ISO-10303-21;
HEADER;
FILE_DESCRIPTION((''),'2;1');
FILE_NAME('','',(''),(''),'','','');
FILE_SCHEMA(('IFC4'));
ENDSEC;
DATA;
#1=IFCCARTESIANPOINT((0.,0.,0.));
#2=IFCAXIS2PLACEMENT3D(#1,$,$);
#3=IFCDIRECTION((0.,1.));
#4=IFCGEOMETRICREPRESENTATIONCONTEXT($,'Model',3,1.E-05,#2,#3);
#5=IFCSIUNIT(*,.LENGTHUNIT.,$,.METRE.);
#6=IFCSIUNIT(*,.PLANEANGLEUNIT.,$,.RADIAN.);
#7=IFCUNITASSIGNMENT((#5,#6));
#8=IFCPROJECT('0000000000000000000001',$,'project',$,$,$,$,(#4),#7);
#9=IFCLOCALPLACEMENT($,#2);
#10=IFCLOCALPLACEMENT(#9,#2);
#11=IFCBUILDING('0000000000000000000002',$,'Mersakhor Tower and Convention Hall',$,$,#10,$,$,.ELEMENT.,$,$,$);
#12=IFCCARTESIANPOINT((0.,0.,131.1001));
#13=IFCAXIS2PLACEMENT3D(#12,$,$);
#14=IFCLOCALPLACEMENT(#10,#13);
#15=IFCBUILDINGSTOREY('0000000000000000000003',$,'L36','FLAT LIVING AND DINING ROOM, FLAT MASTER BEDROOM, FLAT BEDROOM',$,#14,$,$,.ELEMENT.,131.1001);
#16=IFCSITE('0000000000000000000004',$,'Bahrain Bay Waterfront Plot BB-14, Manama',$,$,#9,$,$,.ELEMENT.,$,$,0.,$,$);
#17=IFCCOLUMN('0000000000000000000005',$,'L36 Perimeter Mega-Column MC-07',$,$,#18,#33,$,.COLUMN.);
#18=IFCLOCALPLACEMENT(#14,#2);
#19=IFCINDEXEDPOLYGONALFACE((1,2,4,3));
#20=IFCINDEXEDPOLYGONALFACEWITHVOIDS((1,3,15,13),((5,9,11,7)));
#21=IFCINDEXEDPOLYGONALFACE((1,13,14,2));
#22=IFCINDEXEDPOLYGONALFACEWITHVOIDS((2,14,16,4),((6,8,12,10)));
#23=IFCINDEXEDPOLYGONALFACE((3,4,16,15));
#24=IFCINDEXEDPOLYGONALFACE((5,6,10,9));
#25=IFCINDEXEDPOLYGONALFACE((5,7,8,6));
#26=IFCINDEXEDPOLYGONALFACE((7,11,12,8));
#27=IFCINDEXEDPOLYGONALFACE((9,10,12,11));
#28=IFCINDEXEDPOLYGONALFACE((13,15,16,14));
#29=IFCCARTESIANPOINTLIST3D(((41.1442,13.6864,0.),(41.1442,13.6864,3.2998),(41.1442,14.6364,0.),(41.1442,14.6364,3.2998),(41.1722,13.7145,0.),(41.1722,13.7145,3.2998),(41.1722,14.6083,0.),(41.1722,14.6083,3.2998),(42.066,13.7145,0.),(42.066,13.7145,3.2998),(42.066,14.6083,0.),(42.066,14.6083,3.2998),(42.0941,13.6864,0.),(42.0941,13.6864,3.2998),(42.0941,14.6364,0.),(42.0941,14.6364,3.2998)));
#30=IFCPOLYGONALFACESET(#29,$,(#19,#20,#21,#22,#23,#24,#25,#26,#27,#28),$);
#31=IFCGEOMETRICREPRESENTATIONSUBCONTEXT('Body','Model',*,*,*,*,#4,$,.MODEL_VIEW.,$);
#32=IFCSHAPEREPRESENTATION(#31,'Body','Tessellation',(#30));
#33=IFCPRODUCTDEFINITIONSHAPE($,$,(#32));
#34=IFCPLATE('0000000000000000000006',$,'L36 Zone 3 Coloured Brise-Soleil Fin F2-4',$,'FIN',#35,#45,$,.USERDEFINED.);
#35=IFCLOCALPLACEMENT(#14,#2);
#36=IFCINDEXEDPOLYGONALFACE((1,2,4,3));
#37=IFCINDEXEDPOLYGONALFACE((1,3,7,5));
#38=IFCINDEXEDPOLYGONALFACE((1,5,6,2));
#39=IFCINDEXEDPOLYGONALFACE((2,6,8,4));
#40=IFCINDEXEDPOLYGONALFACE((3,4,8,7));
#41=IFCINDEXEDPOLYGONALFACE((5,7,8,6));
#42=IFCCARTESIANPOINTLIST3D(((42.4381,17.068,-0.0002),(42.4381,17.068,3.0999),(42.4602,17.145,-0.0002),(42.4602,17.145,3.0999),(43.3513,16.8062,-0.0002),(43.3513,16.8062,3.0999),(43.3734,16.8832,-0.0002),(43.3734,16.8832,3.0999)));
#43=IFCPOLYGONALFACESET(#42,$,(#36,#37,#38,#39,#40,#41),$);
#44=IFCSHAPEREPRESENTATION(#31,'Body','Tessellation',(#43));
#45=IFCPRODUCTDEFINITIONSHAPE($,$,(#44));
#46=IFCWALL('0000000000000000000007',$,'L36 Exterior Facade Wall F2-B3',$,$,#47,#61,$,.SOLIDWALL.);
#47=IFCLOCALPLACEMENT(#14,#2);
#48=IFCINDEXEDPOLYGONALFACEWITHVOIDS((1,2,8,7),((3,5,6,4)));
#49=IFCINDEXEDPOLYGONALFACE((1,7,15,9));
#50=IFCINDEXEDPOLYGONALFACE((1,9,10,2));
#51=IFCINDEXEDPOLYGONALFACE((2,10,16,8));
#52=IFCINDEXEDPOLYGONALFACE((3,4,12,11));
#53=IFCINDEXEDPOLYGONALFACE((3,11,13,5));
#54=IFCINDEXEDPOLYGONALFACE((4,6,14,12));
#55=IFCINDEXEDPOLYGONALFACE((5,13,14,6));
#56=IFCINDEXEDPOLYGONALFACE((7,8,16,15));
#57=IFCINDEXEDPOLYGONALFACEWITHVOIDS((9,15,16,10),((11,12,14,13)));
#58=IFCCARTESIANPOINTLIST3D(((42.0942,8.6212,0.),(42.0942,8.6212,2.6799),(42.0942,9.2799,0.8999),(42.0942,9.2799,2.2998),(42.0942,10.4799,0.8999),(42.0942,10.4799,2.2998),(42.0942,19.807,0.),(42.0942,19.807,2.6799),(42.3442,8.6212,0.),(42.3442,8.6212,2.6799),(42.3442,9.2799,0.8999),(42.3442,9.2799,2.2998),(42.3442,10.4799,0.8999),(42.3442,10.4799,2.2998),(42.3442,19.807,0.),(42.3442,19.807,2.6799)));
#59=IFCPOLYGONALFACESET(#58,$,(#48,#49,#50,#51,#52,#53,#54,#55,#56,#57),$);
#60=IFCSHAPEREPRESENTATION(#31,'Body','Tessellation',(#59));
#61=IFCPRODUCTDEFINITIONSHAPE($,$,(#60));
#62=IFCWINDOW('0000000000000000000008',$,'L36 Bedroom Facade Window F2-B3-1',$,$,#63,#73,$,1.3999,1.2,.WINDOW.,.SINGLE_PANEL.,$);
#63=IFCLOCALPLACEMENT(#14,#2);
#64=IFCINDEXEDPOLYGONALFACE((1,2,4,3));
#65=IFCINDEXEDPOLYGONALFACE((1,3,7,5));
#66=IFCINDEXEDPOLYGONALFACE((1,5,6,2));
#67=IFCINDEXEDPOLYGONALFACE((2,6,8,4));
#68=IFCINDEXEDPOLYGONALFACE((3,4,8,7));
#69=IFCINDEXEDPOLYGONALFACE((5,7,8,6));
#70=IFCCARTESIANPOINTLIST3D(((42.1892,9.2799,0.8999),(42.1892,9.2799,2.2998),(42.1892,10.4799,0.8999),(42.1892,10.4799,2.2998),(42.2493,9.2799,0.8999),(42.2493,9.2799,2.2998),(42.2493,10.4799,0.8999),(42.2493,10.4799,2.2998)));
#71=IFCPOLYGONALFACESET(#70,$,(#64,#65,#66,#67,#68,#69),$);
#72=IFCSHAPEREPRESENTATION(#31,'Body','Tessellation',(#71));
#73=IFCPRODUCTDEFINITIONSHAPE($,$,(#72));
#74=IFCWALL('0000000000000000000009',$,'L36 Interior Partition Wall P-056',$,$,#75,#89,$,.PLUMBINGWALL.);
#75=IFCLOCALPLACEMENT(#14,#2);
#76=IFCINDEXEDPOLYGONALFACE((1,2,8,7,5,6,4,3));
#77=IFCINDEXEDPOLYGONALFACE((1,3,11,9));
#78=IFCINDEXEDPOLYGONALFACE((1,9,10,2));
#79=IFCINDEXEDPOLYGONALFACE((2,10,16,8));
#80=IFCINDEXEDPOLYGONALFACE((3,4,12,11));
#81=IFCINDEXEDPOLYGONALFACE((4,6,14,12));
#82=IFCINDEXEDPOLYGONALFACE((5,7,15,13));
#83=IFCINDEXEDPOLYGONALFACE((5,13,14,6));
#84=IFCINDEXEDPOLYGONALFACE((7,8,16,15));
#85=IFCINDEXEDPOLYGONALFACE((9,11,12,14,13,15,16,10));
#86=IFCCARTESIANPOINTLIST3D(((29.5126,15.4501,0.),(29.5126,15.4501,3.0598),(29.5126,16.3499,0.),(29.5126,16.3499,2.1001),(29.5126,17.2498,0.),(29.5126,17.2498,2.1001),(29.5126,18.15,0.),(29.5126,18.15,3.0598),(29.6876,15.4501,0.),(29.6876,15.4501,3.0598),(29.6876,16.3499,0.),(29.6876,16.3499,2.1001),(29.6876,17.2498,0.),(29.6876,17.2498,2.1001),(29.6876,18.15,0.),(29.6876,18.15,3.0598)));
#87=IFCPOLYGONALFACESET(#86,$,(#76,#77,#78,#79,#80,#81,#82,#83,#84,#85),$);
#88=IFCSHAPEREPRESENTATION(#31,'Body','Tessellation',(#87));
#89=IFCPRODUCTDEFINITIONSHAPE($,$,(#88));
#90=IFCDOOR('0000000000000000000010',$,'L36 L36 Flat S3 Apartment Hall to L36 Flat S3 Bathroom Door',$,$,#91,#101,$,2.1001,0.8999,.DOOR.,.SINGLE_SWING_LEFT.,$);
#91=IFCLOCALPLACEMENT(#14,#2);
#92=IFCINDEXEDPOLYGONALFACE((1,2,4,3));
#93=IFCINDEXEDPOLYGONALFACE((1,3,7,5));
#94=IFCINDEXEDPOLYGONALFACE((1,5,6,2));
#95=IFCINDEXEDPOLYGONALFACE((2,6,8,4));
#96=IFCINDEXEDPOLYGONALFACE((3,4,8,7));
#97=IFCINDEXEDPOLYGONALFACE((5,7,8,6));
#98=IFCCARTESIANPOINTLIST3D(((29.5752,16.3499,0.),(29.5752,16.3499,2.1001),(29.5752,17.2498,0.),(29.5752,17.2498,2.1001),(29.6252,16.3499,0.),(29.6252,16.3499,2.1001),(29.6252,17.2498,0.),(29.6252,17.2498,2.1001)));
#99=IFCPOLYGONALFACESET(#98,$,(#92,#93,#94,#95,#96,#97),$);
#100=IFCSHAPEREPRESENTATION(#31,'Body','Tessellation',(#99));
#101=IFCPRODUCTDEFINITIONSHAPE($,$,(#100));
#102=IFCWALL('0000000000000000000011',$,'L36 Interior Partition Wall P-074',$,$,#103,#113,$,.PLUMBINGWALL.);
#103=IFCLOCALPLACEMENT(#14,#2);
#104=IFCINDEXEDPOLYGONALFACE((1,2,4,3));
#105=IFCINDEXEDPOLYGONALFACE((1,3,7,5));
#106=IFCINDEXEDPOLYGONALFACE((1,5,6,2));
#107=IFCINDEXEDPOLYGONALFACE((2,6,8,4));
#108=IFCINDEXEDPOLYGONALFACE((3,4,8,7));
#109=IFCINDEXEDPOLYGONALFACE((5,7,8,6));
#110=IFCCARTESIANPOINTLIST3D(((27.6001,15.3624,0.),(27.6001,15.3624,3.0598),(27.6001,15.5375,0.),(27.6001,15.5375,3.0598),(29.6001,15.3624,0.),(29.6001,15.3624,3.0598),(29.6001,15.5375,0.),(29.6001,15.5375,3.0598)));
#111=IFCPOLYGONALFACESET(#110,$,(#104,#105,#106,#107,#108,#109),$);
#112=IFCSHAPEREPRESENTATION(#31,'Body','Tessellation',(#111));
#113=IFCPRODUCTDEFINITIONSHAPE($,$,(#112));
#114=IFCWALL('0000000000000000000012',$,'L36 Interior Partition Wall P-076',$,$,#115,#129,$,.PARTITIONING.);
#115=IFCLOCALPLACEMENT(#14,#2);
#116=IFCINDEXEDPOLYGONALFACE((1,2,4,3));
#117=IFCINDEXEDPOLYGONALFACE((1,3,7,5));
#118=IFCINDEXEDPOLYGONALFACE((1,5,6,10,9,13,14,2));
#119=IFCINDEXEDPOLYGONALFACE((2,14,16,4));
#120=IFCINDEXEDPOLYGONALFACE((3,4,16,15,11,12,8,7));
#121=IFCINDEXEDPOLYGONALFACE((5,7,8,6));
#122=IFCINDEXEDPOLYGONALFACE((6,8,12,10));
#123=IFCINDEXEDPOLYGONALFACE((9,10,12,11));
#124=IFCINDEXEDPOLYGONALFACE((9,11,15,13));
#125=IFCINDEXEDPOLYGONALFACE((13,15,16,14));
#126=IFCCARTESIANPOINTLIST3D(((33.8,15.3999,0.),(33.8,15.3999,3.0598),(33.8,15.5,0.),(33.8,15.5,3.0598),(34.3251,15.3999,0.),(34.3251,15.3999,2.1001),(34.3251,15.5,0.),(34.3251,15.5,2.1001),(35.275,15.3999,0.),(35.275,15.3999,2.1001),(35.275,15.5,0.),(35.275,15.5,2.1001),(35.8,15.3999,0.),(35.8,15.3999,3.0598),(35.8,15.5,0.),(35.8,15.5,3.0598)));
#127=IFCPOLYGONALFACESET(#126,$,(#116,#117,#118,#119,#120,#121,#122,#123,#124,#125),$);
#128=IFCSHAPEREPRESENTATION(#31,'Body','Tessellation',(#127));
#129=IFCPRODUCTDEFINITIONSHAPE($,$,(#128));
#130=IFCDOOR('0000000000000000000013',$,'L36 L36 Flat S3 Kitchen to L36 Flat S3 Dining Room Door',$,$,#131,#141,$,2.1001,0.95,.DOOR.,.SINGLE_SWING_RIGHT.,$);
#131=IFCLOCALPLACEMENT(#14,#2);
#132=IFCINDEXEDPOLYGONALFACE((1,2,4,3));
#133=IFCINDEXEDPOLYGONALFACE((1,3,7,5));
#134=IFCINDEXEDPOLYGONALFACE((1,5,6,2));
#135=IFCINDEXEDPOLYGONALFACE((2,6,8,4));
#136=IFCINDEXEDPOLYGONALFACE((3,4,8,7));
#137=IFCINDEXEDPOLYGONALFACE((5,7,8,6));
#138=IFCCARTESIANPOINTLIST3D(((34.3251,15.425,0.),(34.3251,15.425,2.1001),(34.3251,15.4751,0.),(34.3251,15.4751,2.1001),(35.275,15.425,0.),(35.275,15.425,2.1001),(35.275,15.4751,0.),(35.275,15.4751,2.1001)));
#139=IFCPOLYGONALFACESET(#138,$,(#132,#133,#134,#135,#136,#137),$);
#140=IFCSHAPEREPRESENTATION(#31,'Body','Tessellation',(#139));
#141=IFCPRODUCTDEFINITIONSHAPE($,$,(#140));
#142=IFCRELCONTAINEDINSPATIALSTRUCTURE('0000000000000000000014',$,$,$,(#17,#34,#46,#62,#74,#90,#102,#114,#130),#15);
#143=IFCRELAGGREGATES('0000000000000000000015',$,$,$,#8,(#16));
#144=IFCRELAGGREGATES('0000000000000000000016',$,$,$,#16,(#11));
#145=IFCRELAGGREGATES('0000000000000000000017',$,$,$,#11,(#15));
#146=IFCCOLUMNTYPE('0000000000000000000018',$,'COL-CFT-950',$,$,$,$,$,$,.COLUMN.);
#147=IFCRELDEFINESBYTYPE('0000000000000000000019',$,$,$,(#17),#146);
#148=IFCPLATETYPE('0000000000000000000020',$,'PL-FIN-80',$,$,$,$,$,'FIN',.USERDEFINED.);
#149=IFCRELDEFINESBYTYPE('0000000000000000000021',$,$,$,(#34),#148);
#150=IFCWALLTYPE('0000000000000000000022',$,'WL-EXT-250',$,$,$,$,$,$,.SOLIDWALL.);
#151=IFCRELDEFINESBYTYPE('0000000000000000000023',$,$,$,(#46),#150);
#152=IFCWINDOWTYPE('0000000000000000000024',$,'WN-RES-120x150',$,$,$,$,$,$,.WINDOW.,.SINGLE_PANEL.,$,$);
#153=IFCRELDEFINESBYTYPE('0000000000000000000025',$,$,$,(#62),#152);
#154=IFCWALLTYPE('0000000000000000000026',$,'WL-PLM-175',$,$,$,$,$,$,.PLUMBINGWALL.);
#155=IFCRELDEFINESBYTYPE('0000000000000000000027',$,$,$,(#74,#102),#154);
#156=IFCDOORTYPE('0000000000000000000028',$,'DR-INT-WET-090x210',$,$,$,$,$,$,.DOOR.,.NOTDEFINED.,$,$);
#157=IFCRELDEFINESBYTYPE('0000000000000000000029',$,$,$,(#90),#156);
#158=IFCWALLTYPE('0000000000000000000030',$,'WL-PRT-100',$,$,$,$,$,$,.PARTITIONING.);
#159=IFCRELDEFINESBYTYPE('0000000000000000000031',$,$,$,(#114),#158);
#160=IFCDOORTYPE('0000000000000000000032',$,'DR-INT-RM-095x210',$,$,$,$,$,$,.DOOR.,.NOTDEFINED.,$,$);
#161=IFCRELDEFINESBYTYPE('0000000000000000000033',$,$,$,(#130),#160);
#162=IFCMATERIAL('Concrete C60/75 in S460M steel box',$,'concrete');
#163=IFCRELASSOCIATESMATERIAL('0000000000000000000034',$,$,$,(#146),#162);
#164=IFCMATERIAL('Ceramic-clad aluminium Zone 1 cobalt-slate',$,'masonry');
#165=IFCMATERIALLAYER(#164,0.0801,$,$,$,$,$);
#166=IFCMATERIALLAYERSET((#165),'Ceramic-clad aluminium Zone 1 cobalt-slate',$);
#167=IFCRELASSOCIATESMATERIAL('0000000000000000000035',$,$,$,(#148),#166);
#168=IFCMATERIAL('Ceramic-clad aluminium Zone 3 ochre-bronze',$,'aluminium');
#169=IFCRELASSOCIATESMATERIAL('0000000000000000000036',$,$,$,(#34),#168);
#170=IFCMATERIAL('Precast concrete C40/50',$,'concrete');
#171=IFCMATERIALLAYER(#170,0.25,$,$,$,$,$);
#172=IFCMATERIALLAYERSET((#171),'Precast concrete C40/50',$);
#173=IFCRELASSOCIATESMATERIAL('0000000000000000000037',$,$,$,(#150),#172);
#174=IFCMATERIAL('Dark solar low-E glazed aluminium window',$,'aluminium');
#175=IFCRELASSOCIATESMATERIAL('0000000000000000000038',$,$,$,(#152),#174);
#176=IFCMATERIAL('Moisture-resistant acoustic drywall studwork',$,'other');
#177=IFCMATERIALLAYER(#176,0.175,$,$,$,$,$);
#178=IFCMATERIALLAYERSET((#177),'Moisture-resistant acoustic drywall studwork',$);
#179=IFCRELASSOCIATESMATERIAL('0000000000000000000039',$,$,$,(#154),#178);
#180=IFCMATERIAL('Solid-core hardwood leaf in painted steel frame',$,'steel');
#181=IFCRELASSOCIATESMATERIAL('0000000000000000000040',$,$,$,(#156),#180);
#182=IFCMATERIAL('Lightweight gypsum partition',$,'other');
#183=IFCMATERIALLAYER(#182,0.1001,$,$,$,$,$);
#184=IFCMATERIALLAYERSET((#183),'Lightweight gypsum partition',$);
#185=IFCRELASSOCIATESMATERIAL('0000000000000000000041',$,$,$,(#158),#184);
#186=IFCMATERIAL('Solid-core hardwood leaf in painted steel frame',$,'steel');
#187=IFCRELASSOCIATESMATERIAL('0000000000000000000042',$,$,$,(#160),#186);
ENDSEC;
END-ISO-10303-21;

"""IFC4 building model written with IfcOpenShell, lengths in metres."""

from ifc_helpers import new_model, si_unit, direction, frame, frame_2d, origin, origin_2d, place, context, subcontext, project, spatial, rectangle, hollow_rectangle, extrude, material, layer, layer_set, material_profile, profile_set, type_object, element, fill, save


model = new_model("IFC4")

# Units and contexts
model_context = context("Model", 3, precision=1e-05, world=origin(), true_north=direction((0.0, 1.0)))
body_context = subcontext(model_context, "Body", "Model", "MODEL_VIEW")
ifc_project = project(units=[si_unit("LENGTHUNIT", "METRE"), si_unit("PLANEANGLEUNIT", "RADIAN")], contexts=[model_context])

# Site, building, storey
site_placement = place(None, origin())
site = spatial("IfcSite", under=ifc_project, at=site_placement, Name="Bahrain Bay Waterfront Plot BB-14, Manama", CompositionType="ELEMENT", RefElevation=0.0)
building_placement = place(site_placement, origin())
building = spatial("IfcBuilding", under=site, at=building_placement, Name="Mersakhor Tower and Convention Hall", CompositionType="ELEMENT")
storey_placement = place(building_placement, frame((0.0, 0.0, 131.1001)))
storey = spatial("IfcBuildingStorey", under=building, at=storey_placement, Name="L36", Description="FLAT LIVING AND DINING ROOM, FLAT MASTER BEDROOM, FLAT BEDROOM", CompositionType="ELEMENT", Elevation=131.1001)

# Column
ifc_material_1 = material(Name="Concrete C60/75 in S460M steel box", Category="concrete")
ifc_material_profile = material_profile(ifc_material_1, hollow_rectangle(XDim=0.95, YDim=0.95, WallThickness=0.0281, at=origin_2d()), Name="SHS 950x950x28")
ifc_profile_set = profile_set([ifc_material_profile], Name="Concrete C60/75 in S460M steel box")
column_type = type_object("IfcColumnType", Name="COL-CFT-950", PredefinedType="COLUMN", material=ifc_profile_set)
column_placement = place(storey_placement, frame((41.6191, 14.1614, 0.0), z_axis=(0.0, 0.0, 1.0), x_axis=(1.0, 0.0, 0.0)))
element("IfcColumn", 1, at=column_placement, inside=storey, type_object=column_type, Name="L36 Perimeter Mega-Column MC-07", PredefinedType="COLUMN", context=body_context, shape_type="SweptSolid", body=[
    extrude(hollow_rectangle(XDim=0.95, YDim=0.95, WallThickness=0.0281, at=origin_2d()), origin(), (0.0, 0.0, 1.0), 3.2998),
])

# Plate
ifc_material_2 = material(Name="Ceramic-clad aluminium Zone 3 ochre-bronze", Category="aluminium")
ifc_material_3 = material(Name="Ceramic-clad aluminium Zone 1 cobalt-slate", Category="masonry")
ifc_layer_1 = layer(ifc_material_3, 0.0801)
ifc_layer_set_1 = layer_set([ifc_layer_1], Name="Ceramic-clad aluminium Zone 1 cobalt-slate")
plate_type = type_object("IfcPlateType", Name="PL-FIN-80", ElementType="FIN", PredefinedType="USERDEFINED", material=ifc_layer_set_1)
plate_placement = place(storey_placement, frame((42.9058, 16.9756, -0.0002), z_axis=(0.0, 0.0, 1.0), x_axis=(0.961262, -0.275637, 0.0)))
element("IfcPlate", 2, at=plate_placement, inside=storey, type_object=plate_type, material=ifc_material_2, Name="L36 Zone 3 Coloured Brise-Soleil Fin F2-4", ObjectType="FIN", PredefinedType="USERDEFINED", context=body_context, shape_type="SweptSolid", body=[
    extrude(rectangle(XDim=0.95, YDim=0.0801, at=origin_2d()), origin(), (0.0, 0.0, 1.0), 3.1001),
])

# Wall, opening, window
ifc_material_4 = material(Name="Precast concrete C40/50", Category="concrete")
ifc_layer_2 = layer(ifc_material_4, 0.25)
ifc_layer_set_2 = layer_set([ifc_layer_2], Name="Precast concrete C40/50")
wall_type_1 = type_object("IfcWallType", Name="WL-EXT-250", PredefinedType="SOLIDWALL", material=ifc_layer_set_2)
wall_1_placement = place(storey_placement, frame((42.2192, 19.8069, 0.0), z_axis=(0.0, 0.0, 1.0), x_axis=(0.0, -1.0, 0.0)))
wall_1 = element("IfcWall", 3, at=wall_1_placement, inside=storey, type_object=wall_type_1, Name="L36 Exterior Facade Wall F2-B3", PredefinedType="SOLIDWALL", context=body_context, shape_type="SweptSolid", body=[
    extrude(rectangle(XDim=11.1858, YDim=0.25, at=frame_2d((5.5928, 0.0))), origin(), (0.0, 0.0, 1.0), 2.6799),
])
opening_1_placement = place(wall_1_placement, frame((9.3269, 0.0, 0.8999)))
opening_1 = element("IfcOpeningElement", 4, at=opening_1_placement, cuts=wall_1, PredefinedType="OPENING", context=body_context, shape_type="SweptSolid", body=[
    extrude(rectangle(XDim=1.2, YDim=1.3999, at=frame_2d((0.6001, 0.7))), frame((0.0, 0.135, 0.0), z_axis=(0.0, -1.0, 0.0), x_axis=(1.0, 0.0, 0.0)), (0.0, 0.0, 1.0), 0.27),
])
ifc_material_5 = material(Name="Dark solar low-E glazed aluminium window", Category="aluminium")
window_type = type_object("IfcWindowType", Name="WN-RES-120x150", PartitioningType="SINGLE_PANEL", PredefinedType="WINDOW", material=ifc_material_5)
window_placement = place(opening_1_placement, origin())
window = element("IfcWindow", 5, at=window_placement, inside=storey, type_object=window_type, Name="L36 Bedroom Facade Window F2-B3-1", OverallHeight=1.3999, OverallWidth=1.2, PartitioningType="SINGLE_PANEL", PredefinedType="WINDOW", context=body_context, shape_type="SweptSolid", body=[
    extrude(rectangle(XDim=1.2, YDim=1.3999, at=frame_2d((0.6001, 0.7))), frame((0.0, 0.03, 0.0), z_axis=(0.0, -1.0, 0.0), x_axis=(1.0, 0.0, 0.0)), (0.0, 0.0, 1.0), 0.0601),
])
fill(opening_1, window)

# Wall, opening, door
ifc_material_6 = material(Name="Moisture-resistant acoustic drywall studwork", Category="other")
ifc_layer_3 = layer(ifc_material_6, 0.175)
ifc_layer_set_3 = layer_set([ifc_layer_3], Name="Moisture-resistant acoustic drywall studwork")
wall_type_2 = type_object("IfcWallType", Name="WL-PLM-175", PredefinedType="PLUMBINGWALL", material=ifc_layer_set_3)
wall_2_placement = place(storey_placement, frame((29.6001, 15.45, 0.0), z_axis=(0.0, 0.0, 1.0), x_axis=(0.0, 1.0, 0.0)))
wall_2 = element("IfcWall", 6, at=wall_2_placement, inside=storey, type_object=wall_type_2, Name="L36 Interior Partition Wall P-056", PredefinedType="PLUMBINGWALL", context=body_context, shape_type="SweptSolid", body=[
    extrude(rectangle(XDim=2.7, YDim=0.175, at=frame_2d((1.3501, 0.0))), origin(), (0.0, 0.0, 1.0), 3.0598),
])
opening_2_placement = place(wall_2_placement, frame((0.8999, 0.0, 0.0)))
opening_2 = element("IfcOpeningElement", 7, at=opening_2_placement, cuts=wall_2, PredefinedType="OPENING", context=body_context, shape_type="SweptSolid", body=[
    extrude(rectangle(XDim=0.8999, YDim=2.1001, at=frame_2d((0.45, 1.05))), frame((0.0, 0.0974, 0.0), z_axis=(0.0, -1.0, 0.0), x_axis=(1.0, 0.0, 0.0)), (0.0, 0.0, 1.0), 0.1951),
])
ifc_material_7 = material(Name="Solid-core hardwood leaf in painted steel frame", Category="steel")
door_type_1 = type_object("IfcDoorType", Name="DR-INT-WET-090x210", OperationType="NOTDEFINED", PredefinedType="DOOR", material=ifc_material_7)
door_1_placement = place(opening_2_placement, origin())
door_1 = element("IfcDoor", 8, at=door_1_placement, inside=storey, type_object=door_type_1, Name="L36 L36 Flat S3 Apartment Hall to L36 Flat S3 Bathroom Door", OperationType="SINGLE_SWING_LEFT", OverallHeight=2.1001, OverallWidth=0.8999, PredefinedType="DOOR", context=body_context, shape_type="SweptSolid", body=[
    extrude(rectangle(XDim=0.8999, YDim=2.1001, at=frame_2d((0.45, 1.05))), frame((0.0, 0.0249, 0.0), z_axis=(0.0, -1.0, 0.0), x_axis=(1.0, 0.0, 0.0)), (0.0, 0.0, 1.0), 0.05),
])
fill(opening_2, door_1)

# Wall
wall_3_placement = place(storey_placement, frame((29.6001, 15.45, 0.0), z_axis=(0.0, 0.0, 1.0), x_axis=(-1.0, 0.0, 0.0)))
element("IfcWall", 9, at=wall_3_placement, inside=storey, type_object=wall_type_2, Name="L36 Interior Partition Wall P-074", PredefinedType="PLUMBINGWALL", context=body_context, shape_type="SweptSolid", body=[
    extrude(rectangle(XDim=2.0, YDim=0.175, at=frame_2d((1.0, 0.0))), origin(), (0.0, 0.0, 1.0), 3.0598),
])

# Wall, opening, door
ifc_material_8 = material(Name="Lightweight gypsum partition", Category="other")
ifc_layer_4 = layer(ifc_material_8, 0.1001)
ifc_layer_set_4 = layer_set([ifc_layer_4], Name="Lightweight gypsum partition")
wall_type_3 = type_object("IfcWallType", Name="WL-PRT-100", PredefinedType="PARTITIONING", material=ifc_layer_set_4)
wall_4_placement = place(storey_placement, frame((35.8, 15.45, 0.0), z_axis=(0.0, 0.0, 1.0), x_axis=(-1.0, 0.0, 0.0)))
wall_4 = element("IfcWall", 10, at=wall_4_placement, inside=storey, type_object=wall_type_3, Name="L36 Interior Partition Wall P-076", PredefinedType="PARTITIONING", context=body_context, shape_type="SweptSolid", body=[
    extrude(rectangle(XDim=2.0, YDim=0.1001, at=frame_2d((1.0, 0.0))), origin(), (0.0, 0.0, 1.0), 3.0598),
])
opening_3_placement = place(wall_4_placement, frame((0.5249, 0.0, 0.0)))
opening_3 = element("IfcOpeningElement", 11, at=opening_3_placement, cuts=wall_4, PredefinedType="OPENING", context=body_context, shape_type="SweptSolid", body=[
    extrude(rectangle(XDim=0.95, YDim=2.1001, at=frame_2d((0.4751, 1.05))), frame((0.0, 0.0601, 0.0), z_axis=(0.0, -1.0, 0.0), x_axis=(1.0, 0.0, 0.0)), (0.0, 0.0, 1.0), 0.1201),
])
ifc_material_9 = material(Name="Solid-core hardwood leaf in painted steel frame", Category="steel")
door_type_2 = type_object("IfcDoorType", Name="DR-INT-RM-095x210", OperationType="NOTDEFINED", PredefinedType="DOOR", material=ifc_material_9)
door_2_placement = place(opening_3_placement, origin())
door_2 = element("IfcDoor", 12, at=door_2_placement, inside=storey, type_object=door_type_2, Name="L36 L36 Flat S3 Kitchen to L36 Flat S3 Dining Room Door", OperationType="SINGLE_SWING_RIGHT", OverallHeight=2.1001, OverallWidth=0.95, PredefinedType="DOOR", context=body_context, shape_type="SweptSolid", body=[
    extrude(rectangle(XDim=0.95, YDim=2.1001, at=frame_2d((0.4751, 1.05))), frame((0.0, 0.0249, 0.0), z_axis=(0.0, -1.0, 0.0), x_axis=(1.0, 0.0, 0.0)), (0.0, 0.0, 1.0), 0.05),
])
fill(opening_3, door_2)

save(model, "model.ifc")
